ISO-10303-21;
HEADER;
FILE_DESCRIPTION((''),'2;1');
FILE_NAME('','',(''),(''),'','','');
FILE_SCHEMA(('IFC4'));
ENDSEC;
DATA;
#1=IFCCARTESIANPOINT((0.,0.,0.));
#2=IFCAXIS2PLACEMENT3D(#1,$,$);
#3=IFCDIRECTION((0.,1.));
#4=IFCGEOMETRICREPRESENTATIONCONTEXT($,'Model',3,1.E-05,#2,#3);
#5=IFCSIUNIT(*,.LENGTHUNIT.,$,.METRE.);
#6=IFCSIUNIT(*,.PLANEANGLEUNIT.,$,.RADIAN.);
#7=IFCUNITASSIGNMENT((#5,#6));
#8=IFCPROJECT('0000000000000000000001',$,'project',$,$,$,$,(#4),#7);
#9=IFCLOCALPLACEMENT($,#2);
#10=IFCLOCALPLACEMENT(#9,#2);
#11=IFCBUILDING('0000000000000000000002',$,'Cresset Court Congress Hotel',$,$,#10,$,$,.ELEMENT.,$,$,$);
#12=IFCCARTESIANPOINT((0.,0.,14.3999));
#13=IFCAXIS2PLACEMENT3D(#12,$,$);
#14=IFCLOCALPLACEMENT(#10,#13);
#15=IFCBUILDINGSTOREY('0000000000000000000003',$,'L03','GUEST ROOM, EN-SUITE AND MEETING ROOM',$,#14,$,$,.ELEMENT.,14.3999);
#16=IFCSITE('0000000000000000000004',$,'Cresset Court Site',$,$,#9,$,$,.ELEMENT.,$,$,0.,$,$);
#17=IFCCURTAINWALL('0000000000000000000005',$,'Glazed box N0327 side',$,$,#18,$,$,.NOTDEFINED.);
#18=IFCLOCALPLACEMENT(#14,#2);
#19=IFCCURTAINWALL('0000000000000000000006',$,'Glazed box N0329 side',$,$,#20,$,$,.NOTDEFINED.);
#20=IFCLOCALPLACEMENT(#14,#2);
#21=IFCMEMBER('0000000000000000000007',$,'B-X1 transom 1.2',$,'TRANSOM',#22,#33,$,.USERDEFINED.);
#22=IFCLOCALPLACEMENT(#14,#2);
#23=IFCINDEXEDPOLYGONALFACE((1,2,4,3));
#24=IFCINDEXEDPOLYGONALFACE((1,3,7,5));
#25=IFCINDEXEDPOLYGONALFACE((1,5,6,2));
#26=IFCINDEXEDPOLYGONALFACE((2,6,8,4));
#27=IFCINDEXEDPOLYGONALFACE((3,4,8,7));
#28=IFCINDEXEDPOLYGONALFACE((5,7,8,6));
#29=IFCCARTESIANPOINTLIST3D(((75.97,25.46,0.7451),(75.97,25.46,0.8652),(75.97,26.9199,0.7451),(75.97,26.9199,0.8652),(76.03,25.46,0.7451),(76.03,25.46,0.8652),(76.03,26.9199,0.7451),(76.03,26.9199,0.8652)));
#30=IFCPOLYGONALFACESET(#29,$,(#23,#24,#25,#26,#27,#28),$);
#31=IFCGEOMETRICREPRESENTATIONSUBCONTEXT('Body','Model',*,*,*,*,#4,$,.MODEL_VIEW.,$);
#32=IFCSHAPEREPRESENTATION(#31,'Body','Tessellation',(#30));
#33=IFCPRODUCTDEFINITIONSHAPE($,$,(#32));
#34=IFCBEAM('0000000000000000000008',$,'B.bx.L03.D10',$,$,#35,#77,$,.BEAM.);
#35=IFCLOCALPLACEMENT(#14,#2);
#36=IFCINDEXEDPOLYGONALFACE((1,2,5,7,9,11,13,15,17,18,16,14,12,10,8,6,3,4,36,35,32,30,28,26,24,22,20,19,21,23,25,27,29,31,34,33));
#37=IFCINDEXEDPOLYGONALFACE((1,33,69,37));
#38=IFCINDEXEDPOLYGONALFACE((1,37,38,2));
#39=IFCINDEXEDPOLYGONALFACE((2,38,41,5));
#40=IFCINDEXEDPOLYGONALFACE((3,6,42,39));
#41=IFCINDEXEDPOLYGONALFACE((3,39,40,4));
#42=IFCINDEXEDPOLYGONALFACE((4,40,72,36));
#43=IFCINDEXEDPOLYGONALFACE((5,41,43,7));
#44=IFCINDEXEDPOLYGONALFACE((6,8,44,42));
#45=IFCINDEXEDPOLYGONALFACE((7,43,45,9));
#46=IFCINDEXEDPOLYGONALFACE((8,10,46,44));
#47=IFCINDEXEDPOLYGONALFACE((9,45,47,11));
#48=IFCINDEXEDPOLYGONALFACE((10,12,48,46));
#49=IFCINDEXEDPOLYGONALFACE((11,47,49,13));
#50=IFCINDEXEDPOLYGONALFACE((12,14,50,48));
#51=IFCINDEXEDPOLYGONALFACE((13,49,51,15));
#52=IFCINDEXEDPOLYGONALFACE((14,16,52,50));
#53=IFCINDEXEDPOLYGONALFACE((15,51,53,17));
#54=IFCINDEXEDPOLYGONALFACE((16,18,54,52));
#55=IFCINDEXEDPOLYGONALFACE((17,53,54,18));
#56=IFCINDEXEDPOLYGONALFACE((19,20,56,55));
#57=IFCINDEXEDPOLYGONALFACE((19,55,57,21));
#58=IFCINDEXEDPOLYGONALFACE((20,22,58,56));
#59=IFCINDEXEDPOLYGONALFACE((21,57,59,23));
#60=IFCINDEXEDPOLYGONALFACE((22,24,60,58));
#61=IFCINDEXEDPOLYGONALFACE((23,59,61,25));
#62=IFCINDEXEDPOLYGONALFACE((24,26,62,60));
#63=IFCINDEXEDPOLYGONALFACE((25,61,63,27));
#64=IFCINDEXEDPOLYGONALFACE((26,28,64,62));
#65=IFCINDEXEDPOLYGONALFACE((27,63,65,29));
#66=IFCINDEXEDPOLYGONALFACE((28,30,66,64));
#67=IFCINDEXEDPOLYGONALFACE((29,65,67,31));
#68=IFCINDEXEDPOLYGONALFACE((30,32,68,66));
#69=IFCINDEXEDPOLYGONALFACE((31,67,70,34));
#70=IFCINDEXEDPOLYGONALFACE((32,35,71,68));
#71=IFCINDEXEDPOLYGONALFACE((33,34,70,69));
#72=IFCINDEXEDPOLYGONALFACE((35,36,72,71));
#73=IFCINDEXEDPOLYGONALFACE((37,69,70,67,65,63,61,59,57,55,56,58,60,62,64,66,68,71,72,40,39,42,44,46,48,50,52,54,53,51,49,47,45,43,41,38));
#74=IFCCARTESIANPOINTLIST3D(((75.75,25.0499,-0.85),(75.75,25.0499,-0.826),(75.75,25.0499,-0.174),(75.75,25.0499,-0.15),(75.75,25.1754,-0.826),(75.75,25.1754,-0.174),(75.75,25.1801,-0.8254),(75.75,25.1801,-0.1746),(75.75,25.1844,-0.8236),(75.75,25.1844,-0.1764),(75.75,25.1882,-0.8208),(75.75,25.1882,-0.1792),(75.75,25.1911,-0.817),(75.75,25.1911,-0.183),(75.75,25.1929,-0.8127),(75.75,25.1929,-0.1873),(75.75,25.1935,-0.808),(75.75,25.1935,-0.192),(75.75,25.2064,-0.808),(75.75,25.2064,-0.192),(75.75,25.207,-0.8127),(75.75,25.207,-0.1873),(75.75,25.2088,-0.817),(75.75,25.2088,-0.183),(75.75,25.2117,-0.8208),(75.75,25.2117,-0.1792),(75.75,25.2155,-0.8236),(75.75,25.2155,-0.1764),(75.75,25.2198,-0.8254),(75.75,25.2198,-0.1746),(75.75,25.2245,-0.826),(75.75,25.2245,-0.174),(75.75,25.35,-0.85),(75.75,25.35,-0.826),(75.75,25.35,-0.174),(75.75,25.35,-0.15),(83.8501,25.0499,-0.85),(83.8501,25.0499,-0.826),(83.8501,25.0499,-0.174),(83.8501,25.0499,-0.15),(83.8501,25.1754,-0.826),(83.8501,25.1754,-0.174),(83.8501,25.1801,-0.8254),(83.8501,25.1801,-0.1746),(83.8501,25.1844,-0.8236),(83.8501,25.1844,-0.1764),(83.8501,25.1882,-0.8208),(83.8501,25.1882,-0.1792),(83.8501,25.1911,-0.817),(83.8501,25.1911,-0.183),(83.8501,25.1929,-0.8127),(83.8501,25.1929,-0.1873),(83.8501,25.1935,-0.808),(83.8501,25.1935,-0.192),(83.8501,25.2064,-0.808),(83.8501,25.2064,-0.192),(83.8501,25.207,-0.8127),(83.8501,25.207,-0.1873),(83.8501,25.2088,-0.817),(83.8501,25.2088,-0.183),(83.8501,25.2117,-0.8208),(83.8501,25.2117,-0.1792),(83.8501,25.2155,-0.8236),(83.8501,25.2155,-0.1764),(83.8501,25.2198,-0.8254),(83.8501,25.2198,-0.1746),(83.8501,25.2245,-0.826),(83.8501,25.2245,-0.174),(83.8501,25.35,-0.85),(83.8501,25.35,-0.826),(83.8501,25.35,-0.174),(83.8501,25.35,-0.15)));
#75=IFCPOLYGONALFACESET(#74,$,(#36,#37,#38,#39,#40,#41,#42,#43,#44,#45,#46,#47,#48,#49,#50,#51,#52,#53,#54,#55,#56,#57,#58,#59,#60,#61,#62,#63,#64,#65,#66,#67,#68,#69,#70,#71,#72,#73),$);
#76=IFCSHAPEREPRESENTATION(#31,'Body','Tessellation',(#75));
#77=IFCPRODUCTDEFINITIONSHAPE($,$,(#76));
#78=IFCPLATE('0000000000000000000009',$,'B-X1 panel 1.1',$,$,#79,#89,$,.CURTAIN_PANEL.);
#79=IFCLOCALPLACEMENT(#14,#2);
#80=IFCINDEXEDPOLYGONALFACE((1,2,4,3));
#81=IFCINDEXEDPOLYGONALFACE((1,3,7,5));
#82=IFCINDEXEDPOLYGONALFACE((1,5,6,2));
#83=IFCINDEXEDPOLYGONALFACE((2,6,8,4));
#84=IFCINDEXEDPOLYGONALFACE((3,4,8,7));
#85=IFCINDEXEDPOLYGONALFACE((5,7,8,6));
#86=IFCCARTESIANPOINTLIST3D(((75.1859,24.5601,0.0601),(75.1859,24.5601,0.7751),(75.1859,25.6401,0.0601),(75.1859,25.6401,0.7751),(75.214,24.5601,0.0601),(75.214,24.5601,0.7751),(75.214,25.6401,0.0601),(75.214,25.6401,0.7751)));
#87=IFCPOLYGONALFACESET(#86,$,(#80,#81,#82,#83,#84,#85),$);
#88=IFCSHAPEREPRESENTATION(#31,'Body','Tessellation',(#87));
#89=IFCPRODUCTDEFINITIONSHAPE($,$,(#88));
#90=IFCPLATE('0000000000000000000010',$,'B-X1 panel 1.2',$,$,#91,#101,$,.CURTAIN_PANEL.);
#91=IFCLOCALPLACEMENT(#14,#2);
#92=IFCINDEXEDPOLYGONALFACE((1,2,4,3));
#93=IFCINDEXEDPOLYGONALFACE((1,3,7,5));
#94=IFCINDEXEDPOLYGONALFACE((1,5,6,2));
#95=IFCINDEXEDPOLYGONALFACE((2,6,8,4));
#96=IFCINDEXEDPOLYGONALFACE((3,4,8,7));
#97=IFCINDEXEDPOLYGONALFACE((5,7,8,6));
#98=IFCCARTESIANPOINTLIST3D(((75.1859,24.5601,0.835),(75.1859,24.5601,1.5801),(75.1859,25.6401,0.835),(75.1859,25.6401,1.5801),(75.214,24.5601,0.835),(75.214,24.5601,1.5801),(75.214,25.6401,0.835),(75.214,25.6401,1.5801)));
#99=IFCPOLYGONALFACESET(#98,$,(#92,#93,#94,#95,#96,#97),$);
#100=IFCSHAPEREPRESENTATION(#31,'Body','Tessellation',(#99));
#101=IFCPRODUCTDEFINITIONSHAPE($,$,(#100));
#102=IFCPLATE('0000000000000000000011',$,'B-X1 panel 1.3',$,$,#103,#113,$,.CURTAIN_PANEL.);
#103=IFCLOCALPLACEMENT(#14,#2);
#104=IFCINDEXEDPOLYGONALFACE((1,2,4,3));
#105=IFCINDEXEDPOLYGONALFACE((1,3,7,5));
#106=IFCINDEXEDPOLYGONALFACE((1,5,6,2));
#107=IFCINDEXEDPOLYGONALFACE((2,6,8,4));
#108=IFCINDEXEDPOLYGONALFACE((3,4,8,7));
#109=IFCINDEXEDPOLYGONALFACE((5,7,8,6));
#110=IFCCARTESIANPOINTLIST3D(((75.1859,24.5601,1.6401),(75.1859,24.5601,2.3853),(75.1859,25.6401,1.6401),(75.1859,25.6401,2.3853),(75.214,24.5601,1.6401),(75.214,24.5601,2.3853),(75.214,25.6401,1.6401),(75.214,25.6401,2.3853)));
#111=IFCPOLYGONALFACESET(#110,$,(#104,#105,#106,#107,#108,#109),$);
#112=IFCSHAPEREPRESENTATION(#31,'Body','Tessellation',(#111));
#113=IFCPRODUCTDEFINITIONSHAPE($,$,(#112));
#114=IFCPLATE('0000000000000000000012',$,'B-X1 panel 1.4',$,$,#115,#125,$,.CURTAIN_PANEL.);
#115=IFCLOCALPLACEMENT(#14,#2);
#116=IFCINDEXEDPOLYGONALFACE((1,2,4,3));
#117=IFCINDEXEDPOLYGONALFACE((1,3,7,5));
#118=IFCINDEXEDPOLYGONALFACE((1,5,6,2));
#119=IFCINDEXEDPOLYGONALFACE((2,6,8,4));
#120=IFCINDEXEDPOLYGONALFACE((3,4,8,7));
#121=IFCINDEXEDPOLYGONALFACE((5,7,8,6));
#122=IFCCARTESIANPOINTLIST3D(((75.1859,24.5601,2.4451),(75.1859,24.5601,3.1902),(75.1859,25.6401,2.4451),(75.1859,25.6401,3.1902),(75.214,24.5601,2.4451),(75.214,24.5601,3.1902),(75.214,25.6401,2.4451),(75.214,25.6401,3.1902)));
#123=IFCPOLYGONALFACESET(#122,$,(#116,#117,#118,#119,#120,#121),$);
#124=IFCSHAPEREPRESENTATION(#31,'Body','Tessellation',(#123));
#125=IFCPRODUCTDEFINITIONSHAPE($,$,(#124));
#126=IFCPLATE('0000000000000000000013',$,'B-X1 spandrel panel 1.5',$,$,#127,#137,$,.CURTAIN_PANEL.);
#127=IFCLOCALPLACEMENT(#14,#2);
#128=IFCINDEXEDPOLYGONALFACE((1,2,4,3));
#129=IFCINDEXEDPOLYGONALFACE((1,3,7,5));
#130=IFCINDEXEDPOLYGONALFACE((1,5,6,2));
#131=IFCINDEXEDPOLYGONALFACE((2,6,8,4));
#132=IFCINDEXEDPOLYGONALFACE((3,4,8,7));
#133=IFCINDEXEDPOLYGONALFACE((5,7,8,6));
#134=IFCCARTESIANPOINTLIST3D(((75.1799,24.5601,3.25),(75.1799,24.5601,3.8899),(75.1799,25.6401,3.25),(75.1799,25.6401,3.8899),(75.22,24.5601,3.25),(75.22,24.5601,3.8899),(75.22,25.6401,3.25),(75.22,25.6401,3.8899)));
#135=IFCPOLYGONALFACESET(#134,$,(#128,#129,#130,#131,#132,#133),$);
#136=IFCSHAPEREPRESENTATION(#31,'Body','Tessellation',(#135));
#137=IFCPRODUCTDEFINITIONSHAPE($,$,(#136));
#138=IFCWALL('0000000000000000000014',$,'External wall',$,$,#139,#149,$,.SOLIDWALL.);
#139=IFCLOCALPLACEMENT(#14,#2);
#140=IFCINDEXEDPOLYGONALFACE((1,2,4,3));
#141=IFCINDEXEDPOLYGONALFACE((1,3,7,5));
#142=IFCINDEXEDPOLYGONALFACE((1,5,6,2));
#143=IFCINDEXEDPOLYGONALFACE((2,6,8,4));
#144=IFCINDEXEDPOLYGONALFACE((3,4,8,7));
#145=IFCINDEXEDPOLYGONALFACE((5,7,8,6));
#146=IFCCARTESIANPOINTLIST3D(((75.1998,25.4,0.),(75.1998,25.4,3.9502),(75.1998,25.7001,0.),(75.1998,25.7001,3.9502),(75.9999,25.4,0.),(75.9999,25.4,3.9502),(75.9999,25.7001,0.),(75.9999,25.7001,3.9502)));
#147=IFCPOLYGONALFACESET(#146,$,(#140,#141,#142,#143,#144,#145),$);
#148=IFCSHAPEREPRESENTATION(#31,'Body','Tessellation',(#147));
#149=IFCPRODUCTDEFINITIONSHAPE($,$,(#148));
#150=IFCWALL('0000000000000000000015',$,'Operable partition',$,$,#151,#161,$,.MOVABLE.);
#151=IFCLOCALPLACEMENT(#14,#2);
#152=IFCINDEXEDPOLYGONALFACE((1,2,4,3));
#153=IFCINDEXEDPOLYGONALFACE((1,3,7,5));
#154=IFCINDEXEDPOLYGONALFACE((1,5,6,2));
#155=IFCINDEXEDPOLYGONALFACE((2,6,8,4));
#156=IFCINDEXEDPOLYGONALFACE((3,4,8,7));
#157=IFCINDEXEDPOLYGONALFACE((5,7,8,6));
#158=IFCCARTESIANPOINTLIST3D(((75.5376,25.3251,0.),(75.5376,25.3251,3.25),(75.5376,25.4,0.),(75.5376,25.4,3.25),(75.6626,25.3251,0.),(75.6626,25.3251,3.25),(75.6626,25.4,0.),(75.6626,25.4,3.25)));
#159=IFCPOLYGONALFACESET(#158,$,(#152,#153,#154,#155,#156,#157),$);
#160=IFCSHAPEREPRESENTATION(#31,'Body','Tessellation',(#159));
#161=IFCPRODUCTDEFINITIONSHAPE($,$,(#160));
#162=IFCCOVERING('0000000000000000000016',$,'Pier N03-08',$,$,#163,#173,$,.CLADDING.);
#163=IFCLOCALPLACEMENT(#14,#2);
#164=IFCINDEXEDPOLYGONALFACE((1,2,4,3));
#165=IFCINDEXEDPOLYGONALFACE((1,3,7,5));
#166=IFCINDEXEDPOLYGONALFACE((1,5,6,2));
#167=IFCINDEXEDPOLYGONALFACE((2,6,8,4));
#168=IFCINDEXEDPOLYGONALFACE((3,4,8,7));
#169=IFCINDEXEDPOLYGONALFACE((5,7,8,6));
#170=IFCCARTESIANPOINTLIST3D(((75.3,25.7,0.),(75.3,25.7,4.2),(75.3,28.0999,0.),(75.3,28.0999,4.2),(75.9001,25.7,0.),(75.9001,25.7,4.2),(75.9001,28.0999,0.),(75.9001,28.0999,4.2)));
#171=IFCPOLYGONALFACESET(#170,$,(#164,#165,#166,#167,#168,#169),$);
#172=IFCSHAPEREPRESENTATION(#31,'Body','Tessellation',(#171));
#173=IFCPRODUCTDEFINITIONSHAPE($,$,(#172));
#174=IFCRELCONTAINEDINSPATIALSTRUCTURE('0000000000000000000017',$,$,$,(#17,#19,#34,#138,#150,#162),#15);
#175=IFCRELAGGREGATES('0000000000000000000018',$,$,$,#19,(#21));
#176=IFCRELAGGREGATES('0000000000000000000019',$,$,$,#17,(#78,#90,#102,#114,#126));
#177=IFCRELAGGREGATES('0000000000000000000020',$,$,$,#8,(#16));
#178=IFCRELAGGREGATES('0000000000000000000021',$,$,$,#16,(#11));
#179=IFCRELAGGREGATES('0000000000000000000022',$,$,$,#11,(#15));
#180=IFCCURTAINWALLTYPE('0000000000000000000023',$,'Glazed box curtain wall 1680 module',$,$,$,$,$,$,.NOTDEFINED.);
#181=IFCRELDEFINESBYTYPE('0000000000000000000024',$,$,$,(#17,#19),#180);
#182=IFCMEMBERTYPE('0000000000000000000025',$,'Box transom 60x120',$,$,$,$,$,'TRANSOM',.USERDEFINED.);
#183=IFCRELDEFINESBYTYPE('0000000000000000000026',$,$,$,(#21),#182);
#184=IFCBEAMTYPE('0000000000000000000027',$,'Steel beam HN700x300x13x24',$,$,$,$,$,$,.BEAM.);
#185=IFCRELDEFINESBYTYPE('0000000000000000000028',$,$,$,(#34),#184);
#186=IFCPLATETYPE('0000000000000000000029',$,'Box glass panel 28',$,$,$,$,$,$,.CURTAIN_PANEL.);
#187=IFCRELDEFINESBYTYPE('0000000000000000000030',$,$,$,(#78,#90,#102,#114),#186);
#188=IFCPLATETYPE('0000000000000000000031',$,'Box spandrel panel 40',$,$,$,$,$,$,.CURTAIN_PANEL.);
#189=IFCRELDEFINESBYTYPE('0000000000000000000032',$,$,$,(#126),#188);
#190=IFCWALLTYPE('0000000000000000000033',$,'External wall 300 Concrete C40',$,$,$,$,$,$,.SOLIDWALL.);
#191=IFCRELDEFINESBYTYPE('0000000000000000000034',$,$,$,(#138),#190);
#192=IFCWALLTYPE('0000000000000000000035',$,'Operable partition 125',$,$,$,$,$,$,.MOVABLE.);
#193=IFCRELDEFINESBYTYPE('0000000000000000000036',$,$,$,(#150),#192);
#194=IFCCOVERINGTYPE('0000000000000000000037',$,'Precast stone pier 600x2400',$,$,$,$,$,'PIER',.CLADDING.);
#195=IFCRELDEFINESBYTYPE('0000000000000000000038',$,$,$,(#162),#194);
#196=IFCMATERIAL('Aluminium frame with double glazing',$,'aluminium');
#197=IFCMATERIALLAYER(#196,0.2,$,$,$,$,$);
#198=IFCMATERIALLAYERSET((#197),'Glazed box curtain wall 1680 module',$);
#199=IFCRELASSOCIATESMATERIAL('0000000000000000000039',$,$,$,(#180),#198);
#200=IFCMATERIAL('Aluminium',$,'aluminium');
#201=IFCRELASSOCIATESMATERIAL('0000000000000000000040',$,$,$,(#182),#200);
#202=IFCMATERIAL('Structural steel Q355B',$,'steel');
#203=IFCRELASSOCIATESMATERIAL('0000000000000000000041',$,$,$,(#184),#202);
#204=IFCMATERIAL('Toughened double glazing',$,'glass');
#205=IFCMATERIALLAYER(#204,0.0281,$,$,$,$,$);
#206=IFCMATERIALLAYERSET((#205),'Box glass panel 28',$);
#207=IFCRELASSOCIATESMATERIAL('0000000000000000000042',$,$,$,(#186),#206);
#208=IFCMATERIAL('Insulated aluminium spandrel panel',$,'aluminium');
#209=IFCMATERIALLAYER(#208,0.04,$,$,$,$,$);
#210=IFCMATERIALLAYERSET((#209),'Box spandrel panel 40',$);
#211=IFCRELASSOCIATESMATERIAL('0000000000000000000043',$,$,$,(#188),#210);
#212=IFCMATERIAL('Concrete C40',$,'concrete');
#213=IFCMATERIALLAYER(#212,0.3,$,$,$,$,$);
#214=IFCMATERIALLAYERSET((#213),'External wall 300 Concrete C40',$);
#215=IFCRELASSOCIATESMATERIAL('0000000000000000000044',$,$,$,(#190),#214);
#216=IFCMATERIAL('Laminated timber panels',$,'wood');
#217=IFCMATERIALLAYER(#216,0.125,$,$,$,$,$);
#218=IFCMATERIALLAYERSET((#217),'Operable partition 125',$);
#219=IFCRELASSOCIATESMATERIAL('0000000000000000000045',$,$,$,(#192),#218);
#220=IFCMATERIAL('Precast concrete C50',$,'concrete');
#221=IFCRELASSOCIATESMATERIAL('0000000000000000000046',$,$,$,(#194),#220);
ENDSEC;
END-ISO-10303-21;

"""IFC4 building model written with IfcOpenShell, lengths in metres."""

from ifc_helpers import new_model, si_unit, direction, frame, frame_2d, origin, origin_2d, place, context, subcontext, project, spatial, rectangle, i_section, extrude, material, layer, layer_set, material_profile, profile_set, type_object, element, aggregate, save


model = new_model("IFC4")

# Units and contexts
model_context = context("Model", 3, precision=1e-05, world=origin(), true_north=direction((0.0, 1.0)))
body_context = subcontext(model_context, "Body", "Model", "MODEL_VIEW")
ifc_project = project(units=[si_unit("LENGTHUNIT", "METRE"), si_unit("PLANEANGLEUNIT", "RADIAN")], contexts=[model_context])

# Site, building, storey
site_placement = place(None, origin())
site = spatial("IfcSite", under=ifc_project, at=site_placement, Name="Cresset Court Site", CompositionType="ELEMENT", RefElevation=0.0)
building_placement = place(site_placement, origin())
building = spatial("IfcBuilding", under=site, at=building_placement, Name="Cresset Court Congress Hotel", CompositionType="ELEMENT")
storey_placement = place(building_placement, frame((0.0, 0.0, 14.3999)))
storey = spatial("IfcBuildingStorey", under=building, at=storey_placement, Name="L03", Description="GUEST ROOM, EN-SUITE AND MEETING ROOM", CompositionType="ELEMENT", Elevation=14.3999)

# Shared definitions
ifc_material_1 = material(Name="Aluminium frame with double glazing", Category="aluminium")
ifc_layer_1 = layer(ifc_material_1, 0.2)
ifc_layer_set_1 = layer_set([ifc_layer_1], Name="Glazed box curtain wall 1680 module")
curtain_wall_type = type_object("IfcCurtainWallType", Name="Glazed box curtain wall 1680 module", PredefinedType="NOTDEFINED", material=ifc_layer_set_1)

# Curtain wall
curtain_wall_1_placement = place(storey_placement, origin())
curtain_wall_1 = element("IfcCurtainWall", 1, at=curtain_wall_1_placement, inside=storey, type_object=curtain_wall_type, Name="Glazed box N0327 side", PredefinedType="NOTDEFINED")

# Curtain wall
curtain_wall_2_placement = place(storey_placement, origin())
curtain_wall_2 = element("IfcCurtainWall", 2, at=curtain_wall_2_placement, inside=storey, type_object=curtain_wall_type, Name="Glazed box N0329 side", PredefinedType="NOTDEFINED")

# Member
ifc_material_2 = material(Name="Aluminium", Category="aluminium")
ifc_material_profile_1 = material_profile(ifc_material_2, rectangle(XDim=0.0601, YDim=0.1201, at=origin_2d()), Name="Box transom 60x120")
ifc_profile_set_1 = profile_set([ifc_material_profile_1], Name="Aluminium")
member_type_1 = type_object("IfcMemberType", Name="Box transom 60x120", ElementType="TRANSOM", PredefinedType="USERDEFINED", material=ifc_profile_set_1)
member_1_placement = place(storey_placement, frame((76.0, 25.46, 0.8052), z_axis=(0.0, 1.0, 0.0), x_axis=(-1.0, 0.0, 0.0)))
member_1 = element("IfcMember", 3, at=member_1_placement, type_object=member_type_1, Name="B-X1 transom 1.2", ObjectType="TRANSOM", PredefinedType="USERDEFINED", context=body_context, shape_type="SweptSolid", body=[
    extrude(rectangle(XDim=0.0601, YDim=0.1201, at=origin_2d()), origin(), (0.0, 0.0, 1.0), 1.46),
])
aggregate(curtain_wall_2, [member_1])

# Beam
ifc_material_3 = material(Name="Structural steel Q355B", Category="steel")
ifc_material_profile_2 = material_profile(ifc_material_3, i_section(OverallWidth=0.3, OverallDepth=0.7, WebThickness=0.0129, FlangeThickness=0.0239, FilletRadius=0.0181, at=origin_2d()), Name="HN700x300x13x24")
ifc_profile_set_2 = profile_set([ifc_material_profile_2], Name="Structural steel Q355B")
beam_type = type_object("IfcBeamType", Name="Steel beam HN700x300x13x24", PredefinedType="BEAM", material=ifc_profile_set_2)
beam_placement = place(storey_placement, frame((75.75, 25.2, -0.5), z_axis=(1.0, 0.0, 0.0), x_axis=(0.0, 1.0, 0.0)))
element("IfcBeam", 4, at=beam_placement, inside=storey, type_object=beam_type, Name="B.bx.L03.D10", PredefinedType="BEAM", context=body_context, shape_type="SweptSolid", body=[
    extrude(i_section(OverallWidth=0.3, OverallDepth=0.7, WebThickness=0.0129, FlangeThickness=0.0239, FilletRadius=0.0181, at=origin_2d()), origin(), (0.0, 0.0, 1.0), 8.1001),
])

# Plates
ifc_material_4 = material(Name="Toughened double glazing", Category="glass")
ifc_layer_2 = layer(ifc_material_4, 0.0281)
ifc_layer_set_2 = layer_set([ifc_layer_2], Name="Box glass panel 28")
plate_type_1 = type_object("IfcPlateType", Name="Box glass panel 28", PredefinedType="CURTAIN_PANEL", material=ifc_layer_set_2)
plate_1_placement = place(storey_placement, frame((75.2, 25.1001, 0.0601), z_axis=(0.0, 0.0, 1.0), x_axis=(0.0, -1.0, 0.0)))
plate_1 = element("IfcPlate", 5, at=plate_1_placement, type_object=plate_type_1, Name="B-X1 panel 1.1", PredefinedType="CURTAIN_PANEL", context=body_context, shape_type="SweptSolid", body=[
    extrude(rectangle(XDim=1.0801, YDim=0.0281, at=origin_2d()), origin(), (0.0, 0.0, 1.0), 0.7151),
])
plate_2_placement = place(storey_placement, frame((75.2, 25.1001, 0.835), z_axis=(0.0, 0.0, 1.0), x_axis=(0.0, -1.0, 0.0)))
plate_2 = element("IfcPlate", 6, at=plate_2_placement, type_object=plate_type_1, Name="B-X1 panel 1.2", PredefinedType="CURTAIN_PANEL", context=body_context, shape_type="SweptSolid", body=[
    extrude(rectangle(XDim=1.0801, YDim=0.0281, at=origin_2d()), origin(), (0.0, 0.0, 1.0), 0.7451),
])
plate_3_placement = place(storey_placement, frame((75.2, 25.1001, 1.6401), z_axis=(0.0, 0.0, 1.0), x_axis=(0.0, -1.0, 0.0)))
plate_3 = element("IfcPlate", 7, at=plate_3_placement, type_object=plate_type_1, Name="B-X1 panel 1.3", PredefinedType="CURTAIN_PANEL", context=body_context, shape_type="SweptSolid", body=[
    extrude(rectangle(XDim=1.0801, YDim=0.0281, at=origin_2d()), origin(), (0.0, 0.0, 1.0), 0.7451),
])
plate_4_placement = place(storey_placement, frame((75.2, 25.1001, 2.4451), z_axis=(0.0, 0.0, 1.0), x_axis=(0.0, -1.0, 0.0)))
plate_4 = element("IfcPlate", 8, at=plate_4_placement, type_object=plate_type_1, Name="B-X1 panel 1.4", PredefinedType="CURTAIN_PANEL", context=body_context, shape_type="SweptSolid", body=[
    extrude(rectangle(XDim=1.0801, YDim=0.0281, at=origin_2d()), origin(), (0.0, 0.0, 1.0), 0.7451),
])
ifc_material_5 = material(Name="Insulated aluminium spandrel panel", Category="aluminium")
ifc_layer_3 = layer(ifc_material_5, 0.04)
ifc_layer_set_3 = layer_set([ifc_layer_3], Name="Box spandrel panel 40")
plate_type_2 = type_object("IfcPlateType", Name="Box spandrel panel 40", PredefinedType="CURTAIN_PANEL", material=ifc_layer_set_3)
plate_5_placement = place(storey_placement, frame((75.2, 25.1001, 3.25), z_axis=(0.0, 0.0, 1.0), x_axis=(0.0, -1.0, 0.0)))
plate_5 = element("IfcPlate", 9, at=plate_5_placement, type_object=plate_type_2, Name="B-X1 spandrel panel 1.5", PredefinedType="CURTAIN_PANEL", context=body_context, shape_type="SweptSolid", body=[
    extrude(rectangle(XDim=1.0801, YDim=0.04, at=origin_2d()), origin(), (0.0, 0.0, 1.0), 0.6399),
])
aggregate(curtain_wall_1, [plate_1, plate_2, plate_3, plate_4, plate_5])

# Walls
ifc_material_6 = material(Name="Concrete C40", Category="concrete")
ifc_layer_4 = layer(ifc_material_6, 0.3)
ifc_layer_set_4 = layer_set([ifc_layer_4], Name="External wall 300 Concrete C40")
wall_type_1 = type_object("IfcWallType", Name="External wall 300 Concrete C40", PredefinedType="SOLIDWALL", material=ifc_layer_set_4)
wall_1_placement = place(storey_placement, frame((75.2, 25.55, 0.0), z_axis=(0.0, 0.0, 1.0), x_axis=(1.0, 0.0, 0.0)))
element("IfcWall", 10, at=wall_1_placement, inside=storey, type_object=wall_type_1, Name="External wall", PredefinedType="SOLIDWALL", context=body_context, shape_type="SweptSolid", body=[
    extrude(rectangle(XDim=0.8, YDim=0.3, at=frame_2d((0.3999, 0.0))), origin(), (0.0, 0.0, 1.0), 3.9502),
])
ifc_material_7 = material(Name="Laminated timber panels", Category="wood")
ifc_layer_5 = layer(ifc_material_7, 0.125)
ifc_layer_set_5 = layer_set([ifc_layer_5], Name="Operable partition 125")
wall_type_2 = type_object("IfcWallType", Name="Operable partition 125", PredefinedType="MOVABLE", material=ifc_layer_set_5)
wall_2_placement = place(storey_placement, frame((75.6001, 25.325, 0.0), z_axis=(0.0, 0.0, 1.0), x_axis=(0.0, 1.0, 0.0)))
element("IfcWall", 11, at=wall_2_placement, inside=storey, type_object=wall_type_2, Name="Operable partition", PredefinedType="MOVABLE", context=body_context, shape_type="SweptSolid", body=[
    extrude(rectangle(XDim=0.075, YDim=0.125, at=frame_2d((0.0376, 0.0))), origin(), (0.0, 0.0, 1.0), 3.25),
])

# Covering
ifc_material_8 = material(Name="Precast concrete C50", Category="concrete")
covering_type = type_object("IfcCoveringType", Name="Precast stone pier 600x2400", ElementType="PIER", PredefinedType="CLADDING", material=ifc_material_8)
covering_placement = place(storey_placement, frame((75.6001, 26.8999, 0.0), z_axis=(0.0, 0.0, 1.0), x_axis=(1.0, 0.0, 0.0)))
element("IfcCovering", 12, at=covering_placement, inside=storey, type_object=covering_type, Name="Pier N03-08", PredefinedType="CLADDING", context=body_context, shape_type="SweptSolid", body=[
    extrude(rectangle(XDim=0.6001, YDim=2.3999, at=origin_2d()), origin(), (0.0, 0.0, 1.0), 4.2),
])

save(model, "model.ifc")
